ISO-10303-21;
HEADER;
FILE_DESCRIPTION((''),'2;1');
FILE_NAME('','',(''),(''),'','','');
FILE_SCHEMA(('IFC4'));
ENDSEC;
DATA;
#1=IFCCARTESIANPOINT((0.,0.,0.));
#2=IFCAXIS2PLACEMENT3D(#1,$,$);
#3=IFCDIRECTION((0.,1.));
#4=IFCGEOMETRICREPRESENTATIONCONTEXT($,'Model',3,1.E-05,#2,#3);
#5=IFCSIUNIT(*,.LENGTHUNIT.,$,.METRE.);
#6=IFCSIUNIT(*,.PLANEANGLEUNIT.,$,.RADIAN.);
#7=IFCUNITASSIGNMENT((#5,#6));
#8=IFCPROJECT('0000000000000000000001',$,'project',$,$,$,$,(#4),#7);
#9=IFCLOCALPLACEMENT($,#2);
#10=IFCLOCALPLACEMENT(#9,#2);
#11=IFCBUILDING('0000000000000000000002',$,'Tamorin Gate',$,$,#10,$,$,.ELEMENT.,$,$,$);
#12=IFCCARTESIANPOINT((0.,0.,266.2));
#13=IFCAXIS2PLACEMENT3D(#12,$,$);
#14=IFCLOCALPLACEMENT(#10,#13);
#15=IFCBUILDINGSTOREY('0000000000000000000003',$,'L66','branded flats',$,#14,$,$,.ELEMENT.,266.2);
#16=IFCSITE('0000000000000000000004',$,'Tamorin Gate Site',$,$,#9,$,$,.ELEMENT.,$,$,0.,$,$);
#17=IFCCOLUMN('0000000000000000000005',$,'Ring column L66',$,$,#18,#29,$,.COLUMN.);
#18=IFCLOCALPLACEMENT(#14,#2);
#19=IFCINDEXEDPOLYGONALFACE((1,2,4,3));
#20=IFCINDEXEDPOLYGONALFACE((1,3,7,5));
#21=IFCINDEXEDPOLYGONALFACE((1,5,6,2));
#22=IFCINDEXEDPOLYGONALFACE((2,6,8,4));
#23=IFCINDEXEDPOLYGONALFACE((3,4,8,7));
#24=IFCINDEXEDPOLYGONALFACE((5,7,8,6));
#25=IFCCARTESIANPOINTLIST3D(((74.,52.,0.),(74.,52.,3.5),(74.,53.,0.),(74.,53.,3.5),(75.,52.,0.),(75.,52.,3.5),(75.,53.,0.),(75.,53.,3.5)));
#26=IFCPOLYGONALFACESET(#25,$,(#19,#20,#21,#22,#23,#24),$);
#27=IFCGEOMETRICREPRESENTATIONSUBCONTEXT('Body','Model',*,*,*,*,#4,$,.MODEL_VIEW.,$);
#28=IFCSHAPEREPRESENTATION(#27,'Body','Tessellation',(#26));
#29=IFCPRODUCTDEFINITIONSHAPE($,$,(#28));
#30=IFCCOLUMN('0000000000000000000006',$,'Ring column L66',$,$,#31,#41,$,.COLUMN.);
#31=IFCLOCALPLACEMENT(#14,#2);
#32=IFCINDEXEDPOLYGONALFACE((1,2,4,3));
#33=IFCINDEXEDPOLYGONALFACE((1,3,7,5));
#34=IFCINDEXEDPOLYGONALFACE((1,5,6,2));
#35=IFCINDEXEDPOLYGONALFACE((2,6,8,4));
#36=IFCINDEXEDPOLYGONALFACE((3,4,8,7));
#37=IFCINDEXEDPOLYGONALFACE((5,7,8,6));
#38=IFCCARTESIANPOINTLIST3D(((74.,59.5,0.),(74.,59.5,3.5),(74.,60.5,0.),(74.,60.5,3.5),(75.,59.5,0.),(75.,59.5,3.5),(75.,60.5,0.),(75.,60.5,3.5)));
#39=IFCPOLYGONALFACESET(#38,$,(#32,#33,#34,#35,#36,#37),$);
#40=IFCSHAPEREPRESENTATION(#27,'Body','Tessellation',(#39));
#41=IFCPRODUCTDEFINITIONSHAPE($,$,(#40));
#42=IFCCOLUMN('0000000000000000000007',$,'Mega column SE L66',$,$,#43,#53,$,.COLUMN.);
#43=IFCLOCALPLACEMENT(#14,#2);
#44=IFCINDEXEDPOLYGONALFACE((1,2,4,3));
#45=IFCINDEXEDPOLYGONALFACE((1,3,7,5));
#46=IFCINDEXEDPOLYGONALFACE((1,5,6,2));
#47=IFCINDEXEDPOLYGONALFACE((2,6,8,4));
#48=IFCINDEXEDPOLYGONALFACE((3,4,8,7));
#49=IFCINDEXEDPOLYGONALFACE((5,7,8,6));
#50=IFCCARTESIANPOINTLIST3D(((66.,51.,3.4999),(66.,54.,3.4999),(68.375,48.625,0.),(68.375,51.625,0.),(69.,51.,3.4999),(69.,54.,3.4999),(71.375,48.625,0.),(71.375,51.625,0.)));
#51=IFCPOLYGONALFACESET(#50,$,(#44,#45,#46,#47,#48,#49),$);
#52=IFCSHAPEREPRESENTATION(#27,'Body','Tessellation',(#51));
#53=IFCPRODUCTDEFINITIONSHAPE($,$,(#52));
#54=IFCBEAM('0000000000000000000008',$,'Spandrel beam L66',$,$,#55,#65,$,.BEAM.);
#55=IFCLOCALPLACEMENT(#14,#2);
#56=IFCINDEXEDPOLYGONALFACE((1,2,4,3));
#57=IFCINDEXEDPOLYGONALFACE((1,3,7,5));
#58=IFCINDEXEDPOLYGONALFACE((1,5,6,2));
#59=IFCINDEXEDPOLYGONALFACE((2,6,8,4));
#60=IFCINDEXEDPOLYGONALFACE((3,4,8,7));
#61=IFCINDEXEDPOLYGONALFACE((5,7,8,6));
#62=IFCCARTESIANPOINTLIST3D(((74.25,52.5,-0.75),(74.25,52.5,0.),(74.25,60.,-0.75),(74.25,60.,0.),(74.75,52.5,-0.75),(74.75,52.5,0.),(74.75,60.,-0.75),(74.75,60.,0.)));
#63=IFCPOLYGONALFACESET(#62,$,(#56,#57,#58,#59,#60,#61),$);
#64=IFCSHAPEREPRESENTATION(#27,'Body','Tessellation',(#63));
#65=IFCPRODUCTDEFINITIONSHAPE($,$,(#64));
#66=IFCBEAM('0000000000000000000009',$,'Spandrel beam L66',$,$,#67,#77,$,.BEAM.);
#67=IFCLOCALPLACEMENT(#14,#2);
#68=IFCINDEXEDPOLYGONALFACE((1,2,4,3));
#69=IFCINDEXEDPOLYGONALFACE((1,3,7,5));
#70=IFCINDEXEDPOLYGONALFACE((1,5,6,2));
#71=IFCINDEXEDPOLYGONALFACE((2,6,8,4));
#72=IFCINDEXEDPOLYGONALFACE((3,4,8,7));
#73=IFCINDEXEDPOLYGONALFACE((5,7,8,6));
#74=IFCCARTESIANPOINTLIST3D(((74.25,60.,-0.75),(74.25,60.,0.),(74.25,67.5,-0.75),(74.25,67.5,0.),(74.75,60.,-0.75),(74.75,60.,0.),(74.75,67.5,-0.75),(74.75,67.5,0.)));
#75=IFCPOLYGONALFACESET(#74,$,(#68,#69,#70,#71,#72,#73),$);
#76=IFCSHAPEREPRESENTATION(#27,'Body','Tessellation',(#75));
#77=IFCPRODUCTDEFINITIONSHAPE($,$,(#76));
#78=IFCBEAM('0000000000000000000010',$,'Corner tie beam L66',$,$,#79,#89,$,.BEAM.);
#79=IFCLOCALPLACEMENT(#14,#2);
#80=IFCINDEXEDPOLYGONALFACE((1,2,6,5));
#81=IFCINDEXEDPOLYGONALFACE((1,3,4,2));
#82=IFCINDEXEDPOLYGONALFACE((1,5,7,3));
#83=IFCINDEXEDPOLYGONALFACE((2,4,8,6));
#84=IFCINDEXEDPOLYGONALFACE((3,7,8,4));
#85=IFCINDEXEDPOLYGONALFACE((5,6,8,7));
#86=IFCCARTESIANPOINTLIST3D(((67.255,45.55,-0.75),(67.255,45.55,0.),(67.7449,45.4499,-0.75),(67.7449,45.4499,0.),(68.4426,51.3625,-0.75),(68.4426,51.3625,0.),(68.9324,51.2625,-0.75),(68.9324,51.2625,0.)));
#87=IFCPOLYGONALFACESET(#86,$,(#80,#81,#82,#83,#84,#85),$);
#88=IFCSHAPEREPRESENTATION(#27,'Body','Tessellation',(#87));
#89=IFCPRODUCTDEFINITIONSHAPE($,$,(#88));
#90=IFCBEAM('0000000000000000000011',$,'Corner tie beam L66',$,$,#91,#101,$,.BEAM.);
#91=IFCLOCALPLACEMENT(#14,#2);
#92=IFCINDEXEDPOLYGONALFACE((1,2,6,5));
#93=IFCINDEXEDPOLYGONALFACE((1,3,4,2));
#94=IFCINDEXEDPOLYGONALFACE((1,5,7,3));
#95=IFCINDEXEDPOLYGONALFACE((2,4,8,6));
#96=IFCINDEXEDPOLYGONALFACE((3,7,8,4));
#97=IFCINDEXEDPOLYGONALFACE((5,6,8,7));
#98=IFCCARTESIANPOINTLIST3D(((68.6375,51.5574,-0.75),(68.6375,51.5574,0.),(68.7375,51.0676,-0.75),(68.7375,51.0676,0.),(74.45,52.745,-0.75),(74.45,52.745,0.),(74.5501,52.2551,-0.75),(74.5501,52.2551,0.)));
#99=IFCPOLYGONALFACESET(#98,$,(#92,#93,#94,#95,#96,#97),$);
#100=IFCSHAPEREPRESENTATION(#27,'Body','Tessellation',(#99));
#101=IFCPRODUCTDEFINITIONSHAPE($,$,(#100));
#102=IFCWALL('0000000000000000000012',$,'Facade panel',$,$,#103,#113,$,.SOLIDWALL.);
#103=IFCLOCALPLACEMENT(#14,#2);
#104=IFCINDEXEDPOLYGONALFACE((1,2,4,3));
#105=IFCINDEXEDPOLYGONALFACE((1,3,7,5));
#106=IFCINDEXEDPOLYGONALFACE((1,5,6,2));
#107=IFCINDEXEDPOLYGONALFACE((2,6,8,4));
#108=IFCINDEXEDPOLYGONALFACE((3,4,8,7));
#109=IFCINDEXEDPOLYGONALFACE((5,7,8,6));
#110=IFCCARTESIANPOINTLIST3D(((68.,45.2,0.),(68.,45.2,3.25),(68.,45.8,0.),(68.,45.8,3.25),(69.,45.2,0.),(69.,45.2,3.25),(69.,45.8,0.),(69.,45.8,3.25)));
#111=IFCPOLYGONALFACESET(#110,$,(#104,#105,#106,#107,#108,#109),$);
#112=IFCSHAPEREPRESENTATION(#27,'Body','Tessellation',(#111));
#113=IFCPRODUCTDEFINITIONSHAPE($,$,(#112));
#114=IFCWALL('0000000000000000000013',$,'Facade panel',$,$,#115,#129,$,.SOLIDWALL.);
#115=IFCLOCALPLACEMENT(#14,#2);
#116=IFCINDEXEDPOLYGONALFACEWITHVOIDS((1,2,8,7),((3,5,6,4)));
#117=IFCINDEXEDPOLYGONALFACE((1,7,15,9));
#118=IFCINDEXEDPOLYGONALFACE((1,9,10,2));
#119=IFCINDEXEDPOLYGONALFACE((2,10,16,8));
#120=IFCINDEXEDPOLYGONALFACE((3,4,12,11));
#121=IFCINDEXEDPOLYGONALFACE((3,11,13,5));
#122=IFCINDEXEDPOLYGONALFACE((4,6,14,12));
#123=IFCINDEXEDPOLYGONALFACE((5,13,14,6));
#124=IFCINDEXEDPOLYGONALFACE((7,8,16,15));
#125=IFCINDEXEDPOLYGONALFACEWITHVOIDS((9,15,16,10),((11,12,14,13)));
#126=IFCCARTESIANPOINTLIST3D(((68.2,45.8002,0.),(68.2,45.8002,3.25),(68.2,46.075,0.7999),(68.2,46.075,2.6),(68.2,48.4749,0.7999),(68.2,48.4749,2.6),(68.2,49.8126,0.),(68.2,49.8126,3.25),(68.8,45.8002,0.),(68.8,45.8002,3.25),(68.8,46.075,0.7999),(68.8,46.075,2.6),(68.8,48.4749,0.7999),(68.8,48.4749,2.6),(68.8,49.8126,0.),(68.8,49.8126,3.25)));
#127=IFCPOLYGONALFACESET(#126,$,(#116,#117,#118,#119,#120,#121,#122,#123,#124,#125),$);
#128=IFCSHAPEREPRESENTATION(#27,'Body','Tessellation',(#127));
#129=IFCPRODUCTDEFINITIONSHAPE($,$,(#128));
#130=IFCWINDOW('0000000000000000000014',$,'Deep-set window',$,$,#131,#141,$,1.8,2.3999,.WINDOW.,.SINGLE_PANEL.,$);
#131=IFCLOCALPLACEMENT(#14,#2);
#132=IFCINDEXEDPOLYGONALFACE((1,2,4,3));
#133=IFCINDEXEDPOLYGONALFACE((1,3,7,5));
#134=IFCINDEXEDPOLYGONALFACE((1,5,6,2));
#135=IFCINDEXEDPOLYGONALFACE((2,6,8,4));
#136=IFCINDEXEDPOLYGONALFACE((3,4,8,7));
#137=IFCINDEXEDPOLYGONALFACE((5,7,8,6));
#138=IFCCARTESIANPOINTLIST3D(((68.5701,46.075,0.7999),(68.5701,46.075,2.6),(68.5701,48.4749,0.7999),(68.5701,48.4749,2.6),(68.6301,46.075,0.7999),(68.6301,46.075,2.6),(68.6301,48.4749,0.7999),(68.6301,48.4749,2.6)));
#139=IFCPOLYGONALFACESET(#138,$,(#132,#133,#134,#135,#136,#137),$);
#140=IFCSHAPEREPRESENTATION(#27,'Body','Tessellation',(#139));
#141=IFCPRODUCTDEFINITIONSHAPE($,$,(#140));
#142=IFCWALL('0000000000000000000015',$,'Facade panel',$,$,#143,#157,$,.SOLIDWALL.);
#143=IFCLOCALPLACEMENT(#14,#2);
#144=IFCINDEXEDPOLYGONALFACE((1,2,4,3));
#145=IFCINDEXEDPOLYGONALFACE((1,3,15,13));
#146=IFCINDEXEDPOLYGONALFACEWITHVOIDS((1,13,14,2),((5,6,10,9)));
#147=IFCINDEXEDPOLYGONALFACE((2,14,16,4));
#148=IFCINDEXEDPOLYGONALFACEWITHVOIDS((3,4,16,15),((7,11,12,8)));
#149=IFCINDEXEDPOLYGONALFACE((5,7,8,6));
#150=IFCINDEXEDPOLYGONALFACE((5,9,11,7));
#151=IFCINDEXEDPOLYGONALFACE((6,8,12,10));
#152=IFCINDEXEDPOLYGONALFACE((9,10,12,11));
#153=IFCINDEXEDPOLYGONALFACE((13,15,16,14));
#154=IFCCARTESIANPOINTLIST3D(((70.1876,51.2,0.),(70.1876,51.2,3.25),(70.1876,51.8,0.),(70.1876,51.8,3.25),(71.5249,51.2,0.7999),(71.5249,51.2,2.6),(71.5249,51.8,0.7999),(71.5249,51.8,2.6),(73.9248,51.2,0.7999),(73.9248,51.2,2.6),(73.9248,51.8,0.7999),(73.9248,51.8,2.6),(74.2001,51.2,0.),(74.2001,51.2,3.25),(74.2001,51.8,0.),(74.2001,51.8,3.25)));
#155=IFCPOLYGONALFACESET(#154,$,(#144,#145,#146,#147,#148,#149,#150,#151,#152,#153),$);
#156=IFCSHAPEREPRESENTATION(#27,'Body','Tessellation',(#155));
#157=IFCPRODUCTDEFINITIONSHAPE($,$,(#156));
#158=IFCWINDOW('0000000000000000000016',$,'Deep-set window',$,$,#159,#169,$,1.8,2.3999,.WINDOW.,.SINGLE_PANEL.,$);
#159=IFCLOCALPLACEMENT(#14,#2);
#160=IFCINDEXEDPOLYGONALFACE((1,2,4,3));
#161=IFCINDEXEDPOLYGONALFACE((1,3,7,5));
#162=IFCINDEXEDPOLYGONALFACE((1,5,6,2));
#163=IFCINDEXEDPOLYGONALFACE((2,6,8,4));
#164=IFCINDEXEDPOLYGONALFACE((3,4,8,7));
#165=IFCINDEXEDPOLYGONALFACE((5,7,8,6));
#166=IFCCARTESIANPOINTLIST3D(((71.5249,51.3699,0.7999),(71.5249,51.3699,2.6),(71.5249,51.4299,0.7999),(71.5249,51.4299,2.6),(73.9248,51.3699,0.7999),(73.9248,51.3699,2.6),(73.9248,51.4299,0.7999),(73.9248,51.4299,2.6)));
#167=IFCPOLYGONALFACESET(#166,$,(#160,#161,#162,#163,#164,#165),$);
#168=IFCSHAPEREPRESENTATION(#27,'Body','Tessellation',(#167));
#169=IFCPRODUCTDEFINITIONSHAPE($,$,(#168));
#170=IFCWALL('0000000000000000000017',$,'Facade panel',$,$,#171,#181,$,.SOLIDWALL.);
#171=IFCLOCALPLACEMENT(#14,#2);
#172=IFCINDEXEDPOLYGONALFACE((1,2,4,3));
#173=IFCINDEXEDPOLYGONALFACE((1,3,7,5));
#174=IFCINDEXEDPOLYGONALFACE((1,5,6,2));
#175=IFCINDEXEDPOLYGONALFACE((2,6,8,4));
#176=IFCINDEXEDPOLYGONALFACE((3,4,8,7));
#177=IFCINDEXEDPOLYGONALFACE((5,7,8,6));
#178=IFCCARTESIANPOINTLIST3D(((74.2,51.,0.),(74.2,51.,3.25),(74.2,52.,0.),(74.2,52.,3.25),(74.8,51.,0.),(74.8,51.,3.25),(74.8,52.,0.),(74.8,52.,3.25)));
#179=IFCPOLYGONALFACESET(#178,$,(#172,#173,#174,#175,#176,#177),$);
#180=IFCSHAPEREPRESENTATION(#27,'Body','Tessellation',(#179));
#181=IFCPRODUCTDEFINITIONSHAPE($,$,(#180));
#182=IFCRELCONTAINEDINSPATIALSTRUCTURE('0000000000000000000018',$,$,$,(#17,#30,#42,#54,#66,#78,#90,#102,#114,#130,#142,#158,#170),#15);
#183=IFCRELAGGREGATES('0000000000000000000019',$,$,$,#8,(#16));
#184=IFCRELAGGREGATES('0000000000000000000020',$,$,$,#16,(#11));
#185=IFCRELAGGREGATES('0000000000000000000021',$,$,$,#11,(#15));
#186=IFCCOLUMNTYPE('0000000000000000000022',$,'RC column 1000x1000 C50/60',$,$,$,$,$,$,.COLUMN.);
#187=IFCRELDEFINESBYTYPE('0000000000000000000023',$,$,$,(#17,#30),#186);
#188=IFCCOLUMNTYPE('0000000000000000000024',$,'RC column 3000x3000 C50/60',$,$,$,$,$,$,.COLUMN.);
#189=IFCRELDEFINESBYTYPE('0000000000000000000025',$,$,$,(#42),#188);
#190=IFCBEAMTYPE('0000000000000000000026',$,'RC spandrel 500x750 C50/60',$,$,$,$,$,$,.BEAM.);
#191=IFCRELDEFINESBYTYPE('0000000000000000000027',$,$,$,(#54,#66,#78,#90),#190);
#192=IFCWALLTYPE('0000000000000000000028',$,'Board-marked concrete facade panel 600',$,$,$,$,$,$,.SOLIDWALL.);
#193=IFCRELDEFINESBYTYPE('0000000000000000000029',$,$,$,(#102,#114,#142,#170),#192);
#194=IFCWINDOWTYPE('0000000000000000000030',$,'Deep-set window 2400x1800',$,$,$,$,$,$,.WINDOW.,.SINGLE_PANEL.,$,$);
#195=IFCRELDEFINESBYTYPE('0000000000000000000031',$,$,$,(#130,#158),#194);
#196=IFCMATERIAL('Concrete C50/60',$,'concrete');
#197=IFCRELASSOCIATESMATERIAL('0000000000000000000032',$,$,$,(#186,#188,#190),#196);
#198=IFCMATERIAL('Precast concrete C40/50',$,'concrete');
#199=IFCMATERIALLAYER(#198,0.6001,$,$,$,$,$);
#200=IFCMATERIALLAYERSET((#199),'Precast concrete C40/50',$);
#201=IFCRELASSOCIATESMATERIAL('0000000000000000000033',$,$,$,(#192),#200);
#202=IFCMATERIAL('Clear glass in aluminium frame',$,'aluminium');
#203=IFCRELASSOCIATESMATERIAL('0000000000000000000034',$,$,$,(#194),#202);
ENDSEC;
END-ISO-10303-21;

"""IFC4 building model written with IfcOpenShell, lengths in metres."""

from ifc_helpers import new_model, si_unit, direction, frame, frame_2d, origin, origin_2d, place, context, subcontext, project, spatial, rectangle, extrude, material, layer, layer_set, material_profile, profile_set, type_object, element, fill, save


model = new_model("IFC4")

# Units and contexts
model_context = context("Model", 3, precision=1e-05, world=origin(), true_north=direction((0.0, 1.0)))
body_context = subcontext(model_context, "Body", "Model", "MODEL_VIEW")
ifc_project = project(units=[si_unit("LENGTHUNIT", "METRE"), si_unit("PLANEANGLEUNIT", "RADIAN")], contexts=[model_context])

# Site, building, storey
site_placement = place(None, origin())
site = spatial("IfcSite", under=ifc_project, at=site_placement, Name="Tamorin Gate Site", CompositionType="ELEMENT", RefElevation=0.0)
building_placement = place(site_placement, origin())
building = spatial("IfcBuilding", under=site, at=building_placement, Name="Tamorin Gate", CompositionType="ELEMENT")
storey_placement = place(building_placement, frame((0.0, 0.0, 266.2)))
storey = spatial("IfcBuildingStorey", under=building, at=storey_placement, Name="L66", Description="branded flats", CompositionType="ELEMENT", Elevation=266.2)

# Columns
ifc_material_1 = material(Name="Concrete C50/60", Category="concrete")
ifc_material_profile_1 = material_profile(ifc_material_1, rectangle(XDim=1.0, YDim=1.0, at=origin_2d()), Name="RC 1000x1000")
ifc_profile_set_1 = profile_set([ifc_material_profile_1], Name="Concrete C50/60")
column_type_1 = type_object("IfcColumnType", Name="RC column 1000x1000 C50/60", PredefinedType="COLUMN", material=ifc_profile_set_1)
for number, where, z_axis, x_axis, name in (
    (1, (74.5, 52.5, 0.0), (0.0, 0.0, 1.0), (1.0, 0.0, 0.0), "Ring column L66"),
    (2, (74.5, 60.0, 0.0), (0.0, 0.0, 1.0), (1.0, 0.0, 0.0), "Ring column L66"),
):
    element("IfcColumn", number, at=place(storey_placement, frame(where, z_axis=z_axis, x_axis=x_axis)), inside=storey, type_object=column_type_1, Name=name, PredefinedType="COLUMN", context=body_context, shape_type="SweptSolid", body=[
        extrude(rectangle(XDim=1.0, YDim=1.0, at=origin_2d()), origin(), (0.0, 0.0, 1.0), 3.5),
    ])
ifc_material_profile_2 = material_profile(ifc_material_1, rectangle(XDim=3.0, YDim=3.0, at=origin_2d()), Name="RC 3000x3000")
ifc_profile_set_2 = profile_set([ifc_material_profile_2], Name="Concrete C50/60")
column_type_2 = type_object("IfcColumnType", Name="RC column 3000x3000 C50/60", PredefinedType="COLUMN", material=ifc_profile_set_2)
column_placement = place(storey_placement, frame((69.875, 50.125, 0.0), z_axis=(0.0, 0.0, 1.0), x_axis=(0.0, 1.0, 0.0)))
element("IfcColumn", 3, at=column_placement, inside=storey, type_object=column_type_2, Name="Mega column SE L66", PredefinedType="COLUMN", context=body_context, shape_type="SweptSolid", body=[
    extrude(rectangle(XDim=3.0, YDim=3.0, at=origin_2d()), origin(), (0.4896, 0.4896, 0.721515), 4.8508),
])

# Beams
ifc_material_profile_3 = material_profile(ifc_material_1, rectangle(XDim=0.5, YDim=0.75, at=origin_2d()), Name="RC 500x750")
ifc_profile_set_3 = profile_set([ifc_material_profile_3], Name="Concrete C50/60")
beam_type = type_object("IfcBeamType", Name="RC spandrel 500x750 C50/60", PredefinedType="BEAM", material=ifc_profile_set_3)
for number, where, z_axis, x_axis, name in (
    (4, (74.5, 52.5, -0.375), (0.0, 1.0, 0.0), (-1.0, 0.0, 0.0), "Spandrel beam L66"),
    (5, (74.5, 60.0, -0.375), (0.0, 1.0, 0.0), (-1.0, 0.0, 0.0), "Spandrel beam L66"),
):
    element("IfcBeam", number, at=place(storey_placement, frame(where, z_axis=z_axis, x_axis=x_axis)), inside=storey, type_object=beam_type, Name=name, PredefinedType="BEAM", context=body_context, shape_type="SweptSolid", body=[
        extrude(rectangle(XDim=0.5, YDim=0.75, at=origin_2d()), origin(), (0.0, 0.0, 1.0), 7.5),
    ])
for number, where, z_axis, x_axis, name in (
    (6, (68.6875, 51.3125, -0.375), (-0.200166, -0.979762, 0.0), (0.979762, -0.200166, 0.0), "Corner tie beam L66"),
    (7, (68.6875, 51.3125, -0.375), (0.979762, 0.200166, 0.0), (-0.200166, 0.979762, 0.0), "Corner tie beam L66"),
):
    element("IfcBeam", number, at=place(storey_placement, frame(where, z_axis=z_axis, x_axis=x_axis)), inside=storey, type_object=beam_type, Name=name, PredefinedType="BEAM", context=body_context, shape_type="SweptSolid", body=[
        extrude(rectangle(XDim=0.5, YDim=0.75, at=origin_2d()), origin(), (0.0, 0.0, 1.0), 5.9326),
    ])

# Wall
ifc_material_2 = material(Name="Precast concrete C40/50", Category="concrete")
ifc_layer_1 = layer(ifc_material_2, 0.6001)
ifc_layer_set_1 = layer_set([ifc_layer_1], Name="Precast concrete C40/50")
wall_type_1 = type_object("IfcWallType", Name="Board-marked concrete facade panel 600", PredefinedType="SOLIDWALL", material=ifc_layer_set_1)
wall_1_placement = place(storey_placement, frame((68.0, 45.5, 0.0), z_axis=(0.0, 0.0, 1.0), x_axis=(1.0, 0.0, 0.0)))
element("IfcWall", 8, at=wall_1_placement, inside=storey, type_object=wall_type_1, Name="Facade panel", PredefinedType="SOLIDWALL", context=body_context, shape_type="SweptSolid", body=[
    extrude(rectangle(XDim=1.0, YDim=0.6001, at=frame_2d((0.5, 0.0))), origin(), (0.0, 0.0, 1.0), 3.25),
])

# Walls, openings, windows
wall_2_placement = place(storey_placement, frame((68.5, 45.8, 0.0), z_axis=(0.0, 0.0, 1.0), x_axis=(0.0, 1.0, 0.0)))
wall_2 = element("IfcWall", 9, at=wall_2_placement, inside=storey, type_object=wall_type_1, Name="Facade panel", PredefinedType="SOLIDWALL", context=body_context, shape_type="SweptSolid", body=[
    extrude(rectangle(XDim=4.0125, YDim=0.6001, at=frame_2d((2.0063, 0.0))), origin(), (0.0, 0.0, 1.0), 3.25),
])
opening_1_placement = place(wall_2_placement, frame((0.2749, 0.0, 0.8)))
opening_1 = element("IfcOpeningElement", 10, at=opening_1_placement, cuts=wall_2, PredefinedType="OPENING", context=body_context, shape_type="SweptSolid", body=[
    extrude(rectangle(XDim=2.3999, YDim=1.8, at=frame_2d((1.2, 0.8999))), frame((0.0, 0.3101, 0.0), z_axis=(0.0, -1.0, 0.0), x_axis=(1.0, 0.0, 0.0)), (0.0, 0.0, 1.0), 0.6201),
])
ifc_material_3 = material(Name="Clear glass in aluminium frame", Category="aluminium")
window_type = type_object("IfcWindowType", Name="Deep-set window 2400x1800", PartitioningType="SINGLE_PANEL", PredefinedType="WINDOW", material=ifc_material_3)
window_1_placement = place(opening_1_placement, origin())
window_1 = element("IfcWindow", 11, at=window_1_placement, inside=storey, type_object=window_type, Name="Deep-set window", OverallHeight=1.8, OverallWidth=2.3999, PartitioningType="SINGLE_PANEL", PredefinedType="WINDOW", context=body_context, shape_type="SweptSolid", body=[
    extrude(rectangle(XDim=2.3999, YDim=1.8, at=frame_2d((1.2, 0.8999))), frame((0.0, -0.0701, 0.0), z_axis=(0.0, -1.0, 0.0), x_axis=(1.0, 0.0, 0.0)), (0.0, 0.0, 1.0), 0.0601),
])
fill(opening_1, window_1)
wall_3_placement = place(storey_placement, frame((70.1875, 51.5, 0.0), z_axis=(0.0, 0.0, 1.0), x_axis=(1.0, 0.0, 0.0)))
wall_3 = element("IfcWall", 12, at=wall_3_placement, inside=storey, type_object=wall_type_1, Name="Facade panel", PredefinedType="SOLIDWALL", context=body_context, shape_type="SweptSolid", body=[
    extrude(rectangle(XDim=4.0125, YDim=0.6001, at=frame_2d((2.0063, 0.0))), origin(), (0.0, 0.0, 1.0), 3.25),
])
opening_2_placement = place(wall_3_placement, frame((1.3374, 0.0, 0.8)))
opening_2 = element("IfcOpeningElement", 13, at=opening_2_placement, cuts=wall_3, PredefinedType="OPENING", context=body_context, shape_type="SweptSolid", body=[
    extrude(rectangle(XDim=2.3999, YDim=1.8, at=frame_2d((1.2, 0.8999))), frame((0.0, 0.3101, 0.0), z_axis=(0.0, -1.0, 0.0), x_axis=(1.0, 0.0, 0.0)), (0.0, 0.0, 1.0), 0.6201),
])
window_2_placement = place(opening_2_placement, origin())
window_2 = element("IfcWindow", 14, at=window_2_placement, inside=storey, type_object=window_type, Name="Deep-set window", OverallHeight=1.8, OverallWidth=2.3999, PartitioningType="SINGLE_PANEL", PredefinedType="WINDOW", context=body_context, shape_type="SweptSolid", body=[
    extrude(rectangle(XDim=2.3999, YDim=1.8, at=frame_2d((1.2, 0.8999))), frame((0.0, -0.0701, 0.0), z_axis=(0.0, -1.0, 0.0), x_axis=(1.0, 0.0, 0.0)), (0.0, 0.0, 1.0), 0.0601),
])
fill(opening_2, window_2)

# Wall
wall_4_placement = place(storey_placement, frame((74.5, 51.0, 0.0), z_axis=(0.0, 0.0, 1.0), x_axis=(0.0, 1.0, 0.0)))
element("IfcWall", 15, at=wall_4_placement, inside=storey, type_object=wall_type_1, Name="Facade panel", PredefinedType="SOLIDWALL", context=body_context, shape_type="SweptSolid", body=[
    extrude(rectangle(XDim=1.0, YDim=0.6001, at=frame_2d((0.5, 0.0))), origin(), (0.0, 0.0, 1.0), 3.25),
])

save(model, "model.ifc")
